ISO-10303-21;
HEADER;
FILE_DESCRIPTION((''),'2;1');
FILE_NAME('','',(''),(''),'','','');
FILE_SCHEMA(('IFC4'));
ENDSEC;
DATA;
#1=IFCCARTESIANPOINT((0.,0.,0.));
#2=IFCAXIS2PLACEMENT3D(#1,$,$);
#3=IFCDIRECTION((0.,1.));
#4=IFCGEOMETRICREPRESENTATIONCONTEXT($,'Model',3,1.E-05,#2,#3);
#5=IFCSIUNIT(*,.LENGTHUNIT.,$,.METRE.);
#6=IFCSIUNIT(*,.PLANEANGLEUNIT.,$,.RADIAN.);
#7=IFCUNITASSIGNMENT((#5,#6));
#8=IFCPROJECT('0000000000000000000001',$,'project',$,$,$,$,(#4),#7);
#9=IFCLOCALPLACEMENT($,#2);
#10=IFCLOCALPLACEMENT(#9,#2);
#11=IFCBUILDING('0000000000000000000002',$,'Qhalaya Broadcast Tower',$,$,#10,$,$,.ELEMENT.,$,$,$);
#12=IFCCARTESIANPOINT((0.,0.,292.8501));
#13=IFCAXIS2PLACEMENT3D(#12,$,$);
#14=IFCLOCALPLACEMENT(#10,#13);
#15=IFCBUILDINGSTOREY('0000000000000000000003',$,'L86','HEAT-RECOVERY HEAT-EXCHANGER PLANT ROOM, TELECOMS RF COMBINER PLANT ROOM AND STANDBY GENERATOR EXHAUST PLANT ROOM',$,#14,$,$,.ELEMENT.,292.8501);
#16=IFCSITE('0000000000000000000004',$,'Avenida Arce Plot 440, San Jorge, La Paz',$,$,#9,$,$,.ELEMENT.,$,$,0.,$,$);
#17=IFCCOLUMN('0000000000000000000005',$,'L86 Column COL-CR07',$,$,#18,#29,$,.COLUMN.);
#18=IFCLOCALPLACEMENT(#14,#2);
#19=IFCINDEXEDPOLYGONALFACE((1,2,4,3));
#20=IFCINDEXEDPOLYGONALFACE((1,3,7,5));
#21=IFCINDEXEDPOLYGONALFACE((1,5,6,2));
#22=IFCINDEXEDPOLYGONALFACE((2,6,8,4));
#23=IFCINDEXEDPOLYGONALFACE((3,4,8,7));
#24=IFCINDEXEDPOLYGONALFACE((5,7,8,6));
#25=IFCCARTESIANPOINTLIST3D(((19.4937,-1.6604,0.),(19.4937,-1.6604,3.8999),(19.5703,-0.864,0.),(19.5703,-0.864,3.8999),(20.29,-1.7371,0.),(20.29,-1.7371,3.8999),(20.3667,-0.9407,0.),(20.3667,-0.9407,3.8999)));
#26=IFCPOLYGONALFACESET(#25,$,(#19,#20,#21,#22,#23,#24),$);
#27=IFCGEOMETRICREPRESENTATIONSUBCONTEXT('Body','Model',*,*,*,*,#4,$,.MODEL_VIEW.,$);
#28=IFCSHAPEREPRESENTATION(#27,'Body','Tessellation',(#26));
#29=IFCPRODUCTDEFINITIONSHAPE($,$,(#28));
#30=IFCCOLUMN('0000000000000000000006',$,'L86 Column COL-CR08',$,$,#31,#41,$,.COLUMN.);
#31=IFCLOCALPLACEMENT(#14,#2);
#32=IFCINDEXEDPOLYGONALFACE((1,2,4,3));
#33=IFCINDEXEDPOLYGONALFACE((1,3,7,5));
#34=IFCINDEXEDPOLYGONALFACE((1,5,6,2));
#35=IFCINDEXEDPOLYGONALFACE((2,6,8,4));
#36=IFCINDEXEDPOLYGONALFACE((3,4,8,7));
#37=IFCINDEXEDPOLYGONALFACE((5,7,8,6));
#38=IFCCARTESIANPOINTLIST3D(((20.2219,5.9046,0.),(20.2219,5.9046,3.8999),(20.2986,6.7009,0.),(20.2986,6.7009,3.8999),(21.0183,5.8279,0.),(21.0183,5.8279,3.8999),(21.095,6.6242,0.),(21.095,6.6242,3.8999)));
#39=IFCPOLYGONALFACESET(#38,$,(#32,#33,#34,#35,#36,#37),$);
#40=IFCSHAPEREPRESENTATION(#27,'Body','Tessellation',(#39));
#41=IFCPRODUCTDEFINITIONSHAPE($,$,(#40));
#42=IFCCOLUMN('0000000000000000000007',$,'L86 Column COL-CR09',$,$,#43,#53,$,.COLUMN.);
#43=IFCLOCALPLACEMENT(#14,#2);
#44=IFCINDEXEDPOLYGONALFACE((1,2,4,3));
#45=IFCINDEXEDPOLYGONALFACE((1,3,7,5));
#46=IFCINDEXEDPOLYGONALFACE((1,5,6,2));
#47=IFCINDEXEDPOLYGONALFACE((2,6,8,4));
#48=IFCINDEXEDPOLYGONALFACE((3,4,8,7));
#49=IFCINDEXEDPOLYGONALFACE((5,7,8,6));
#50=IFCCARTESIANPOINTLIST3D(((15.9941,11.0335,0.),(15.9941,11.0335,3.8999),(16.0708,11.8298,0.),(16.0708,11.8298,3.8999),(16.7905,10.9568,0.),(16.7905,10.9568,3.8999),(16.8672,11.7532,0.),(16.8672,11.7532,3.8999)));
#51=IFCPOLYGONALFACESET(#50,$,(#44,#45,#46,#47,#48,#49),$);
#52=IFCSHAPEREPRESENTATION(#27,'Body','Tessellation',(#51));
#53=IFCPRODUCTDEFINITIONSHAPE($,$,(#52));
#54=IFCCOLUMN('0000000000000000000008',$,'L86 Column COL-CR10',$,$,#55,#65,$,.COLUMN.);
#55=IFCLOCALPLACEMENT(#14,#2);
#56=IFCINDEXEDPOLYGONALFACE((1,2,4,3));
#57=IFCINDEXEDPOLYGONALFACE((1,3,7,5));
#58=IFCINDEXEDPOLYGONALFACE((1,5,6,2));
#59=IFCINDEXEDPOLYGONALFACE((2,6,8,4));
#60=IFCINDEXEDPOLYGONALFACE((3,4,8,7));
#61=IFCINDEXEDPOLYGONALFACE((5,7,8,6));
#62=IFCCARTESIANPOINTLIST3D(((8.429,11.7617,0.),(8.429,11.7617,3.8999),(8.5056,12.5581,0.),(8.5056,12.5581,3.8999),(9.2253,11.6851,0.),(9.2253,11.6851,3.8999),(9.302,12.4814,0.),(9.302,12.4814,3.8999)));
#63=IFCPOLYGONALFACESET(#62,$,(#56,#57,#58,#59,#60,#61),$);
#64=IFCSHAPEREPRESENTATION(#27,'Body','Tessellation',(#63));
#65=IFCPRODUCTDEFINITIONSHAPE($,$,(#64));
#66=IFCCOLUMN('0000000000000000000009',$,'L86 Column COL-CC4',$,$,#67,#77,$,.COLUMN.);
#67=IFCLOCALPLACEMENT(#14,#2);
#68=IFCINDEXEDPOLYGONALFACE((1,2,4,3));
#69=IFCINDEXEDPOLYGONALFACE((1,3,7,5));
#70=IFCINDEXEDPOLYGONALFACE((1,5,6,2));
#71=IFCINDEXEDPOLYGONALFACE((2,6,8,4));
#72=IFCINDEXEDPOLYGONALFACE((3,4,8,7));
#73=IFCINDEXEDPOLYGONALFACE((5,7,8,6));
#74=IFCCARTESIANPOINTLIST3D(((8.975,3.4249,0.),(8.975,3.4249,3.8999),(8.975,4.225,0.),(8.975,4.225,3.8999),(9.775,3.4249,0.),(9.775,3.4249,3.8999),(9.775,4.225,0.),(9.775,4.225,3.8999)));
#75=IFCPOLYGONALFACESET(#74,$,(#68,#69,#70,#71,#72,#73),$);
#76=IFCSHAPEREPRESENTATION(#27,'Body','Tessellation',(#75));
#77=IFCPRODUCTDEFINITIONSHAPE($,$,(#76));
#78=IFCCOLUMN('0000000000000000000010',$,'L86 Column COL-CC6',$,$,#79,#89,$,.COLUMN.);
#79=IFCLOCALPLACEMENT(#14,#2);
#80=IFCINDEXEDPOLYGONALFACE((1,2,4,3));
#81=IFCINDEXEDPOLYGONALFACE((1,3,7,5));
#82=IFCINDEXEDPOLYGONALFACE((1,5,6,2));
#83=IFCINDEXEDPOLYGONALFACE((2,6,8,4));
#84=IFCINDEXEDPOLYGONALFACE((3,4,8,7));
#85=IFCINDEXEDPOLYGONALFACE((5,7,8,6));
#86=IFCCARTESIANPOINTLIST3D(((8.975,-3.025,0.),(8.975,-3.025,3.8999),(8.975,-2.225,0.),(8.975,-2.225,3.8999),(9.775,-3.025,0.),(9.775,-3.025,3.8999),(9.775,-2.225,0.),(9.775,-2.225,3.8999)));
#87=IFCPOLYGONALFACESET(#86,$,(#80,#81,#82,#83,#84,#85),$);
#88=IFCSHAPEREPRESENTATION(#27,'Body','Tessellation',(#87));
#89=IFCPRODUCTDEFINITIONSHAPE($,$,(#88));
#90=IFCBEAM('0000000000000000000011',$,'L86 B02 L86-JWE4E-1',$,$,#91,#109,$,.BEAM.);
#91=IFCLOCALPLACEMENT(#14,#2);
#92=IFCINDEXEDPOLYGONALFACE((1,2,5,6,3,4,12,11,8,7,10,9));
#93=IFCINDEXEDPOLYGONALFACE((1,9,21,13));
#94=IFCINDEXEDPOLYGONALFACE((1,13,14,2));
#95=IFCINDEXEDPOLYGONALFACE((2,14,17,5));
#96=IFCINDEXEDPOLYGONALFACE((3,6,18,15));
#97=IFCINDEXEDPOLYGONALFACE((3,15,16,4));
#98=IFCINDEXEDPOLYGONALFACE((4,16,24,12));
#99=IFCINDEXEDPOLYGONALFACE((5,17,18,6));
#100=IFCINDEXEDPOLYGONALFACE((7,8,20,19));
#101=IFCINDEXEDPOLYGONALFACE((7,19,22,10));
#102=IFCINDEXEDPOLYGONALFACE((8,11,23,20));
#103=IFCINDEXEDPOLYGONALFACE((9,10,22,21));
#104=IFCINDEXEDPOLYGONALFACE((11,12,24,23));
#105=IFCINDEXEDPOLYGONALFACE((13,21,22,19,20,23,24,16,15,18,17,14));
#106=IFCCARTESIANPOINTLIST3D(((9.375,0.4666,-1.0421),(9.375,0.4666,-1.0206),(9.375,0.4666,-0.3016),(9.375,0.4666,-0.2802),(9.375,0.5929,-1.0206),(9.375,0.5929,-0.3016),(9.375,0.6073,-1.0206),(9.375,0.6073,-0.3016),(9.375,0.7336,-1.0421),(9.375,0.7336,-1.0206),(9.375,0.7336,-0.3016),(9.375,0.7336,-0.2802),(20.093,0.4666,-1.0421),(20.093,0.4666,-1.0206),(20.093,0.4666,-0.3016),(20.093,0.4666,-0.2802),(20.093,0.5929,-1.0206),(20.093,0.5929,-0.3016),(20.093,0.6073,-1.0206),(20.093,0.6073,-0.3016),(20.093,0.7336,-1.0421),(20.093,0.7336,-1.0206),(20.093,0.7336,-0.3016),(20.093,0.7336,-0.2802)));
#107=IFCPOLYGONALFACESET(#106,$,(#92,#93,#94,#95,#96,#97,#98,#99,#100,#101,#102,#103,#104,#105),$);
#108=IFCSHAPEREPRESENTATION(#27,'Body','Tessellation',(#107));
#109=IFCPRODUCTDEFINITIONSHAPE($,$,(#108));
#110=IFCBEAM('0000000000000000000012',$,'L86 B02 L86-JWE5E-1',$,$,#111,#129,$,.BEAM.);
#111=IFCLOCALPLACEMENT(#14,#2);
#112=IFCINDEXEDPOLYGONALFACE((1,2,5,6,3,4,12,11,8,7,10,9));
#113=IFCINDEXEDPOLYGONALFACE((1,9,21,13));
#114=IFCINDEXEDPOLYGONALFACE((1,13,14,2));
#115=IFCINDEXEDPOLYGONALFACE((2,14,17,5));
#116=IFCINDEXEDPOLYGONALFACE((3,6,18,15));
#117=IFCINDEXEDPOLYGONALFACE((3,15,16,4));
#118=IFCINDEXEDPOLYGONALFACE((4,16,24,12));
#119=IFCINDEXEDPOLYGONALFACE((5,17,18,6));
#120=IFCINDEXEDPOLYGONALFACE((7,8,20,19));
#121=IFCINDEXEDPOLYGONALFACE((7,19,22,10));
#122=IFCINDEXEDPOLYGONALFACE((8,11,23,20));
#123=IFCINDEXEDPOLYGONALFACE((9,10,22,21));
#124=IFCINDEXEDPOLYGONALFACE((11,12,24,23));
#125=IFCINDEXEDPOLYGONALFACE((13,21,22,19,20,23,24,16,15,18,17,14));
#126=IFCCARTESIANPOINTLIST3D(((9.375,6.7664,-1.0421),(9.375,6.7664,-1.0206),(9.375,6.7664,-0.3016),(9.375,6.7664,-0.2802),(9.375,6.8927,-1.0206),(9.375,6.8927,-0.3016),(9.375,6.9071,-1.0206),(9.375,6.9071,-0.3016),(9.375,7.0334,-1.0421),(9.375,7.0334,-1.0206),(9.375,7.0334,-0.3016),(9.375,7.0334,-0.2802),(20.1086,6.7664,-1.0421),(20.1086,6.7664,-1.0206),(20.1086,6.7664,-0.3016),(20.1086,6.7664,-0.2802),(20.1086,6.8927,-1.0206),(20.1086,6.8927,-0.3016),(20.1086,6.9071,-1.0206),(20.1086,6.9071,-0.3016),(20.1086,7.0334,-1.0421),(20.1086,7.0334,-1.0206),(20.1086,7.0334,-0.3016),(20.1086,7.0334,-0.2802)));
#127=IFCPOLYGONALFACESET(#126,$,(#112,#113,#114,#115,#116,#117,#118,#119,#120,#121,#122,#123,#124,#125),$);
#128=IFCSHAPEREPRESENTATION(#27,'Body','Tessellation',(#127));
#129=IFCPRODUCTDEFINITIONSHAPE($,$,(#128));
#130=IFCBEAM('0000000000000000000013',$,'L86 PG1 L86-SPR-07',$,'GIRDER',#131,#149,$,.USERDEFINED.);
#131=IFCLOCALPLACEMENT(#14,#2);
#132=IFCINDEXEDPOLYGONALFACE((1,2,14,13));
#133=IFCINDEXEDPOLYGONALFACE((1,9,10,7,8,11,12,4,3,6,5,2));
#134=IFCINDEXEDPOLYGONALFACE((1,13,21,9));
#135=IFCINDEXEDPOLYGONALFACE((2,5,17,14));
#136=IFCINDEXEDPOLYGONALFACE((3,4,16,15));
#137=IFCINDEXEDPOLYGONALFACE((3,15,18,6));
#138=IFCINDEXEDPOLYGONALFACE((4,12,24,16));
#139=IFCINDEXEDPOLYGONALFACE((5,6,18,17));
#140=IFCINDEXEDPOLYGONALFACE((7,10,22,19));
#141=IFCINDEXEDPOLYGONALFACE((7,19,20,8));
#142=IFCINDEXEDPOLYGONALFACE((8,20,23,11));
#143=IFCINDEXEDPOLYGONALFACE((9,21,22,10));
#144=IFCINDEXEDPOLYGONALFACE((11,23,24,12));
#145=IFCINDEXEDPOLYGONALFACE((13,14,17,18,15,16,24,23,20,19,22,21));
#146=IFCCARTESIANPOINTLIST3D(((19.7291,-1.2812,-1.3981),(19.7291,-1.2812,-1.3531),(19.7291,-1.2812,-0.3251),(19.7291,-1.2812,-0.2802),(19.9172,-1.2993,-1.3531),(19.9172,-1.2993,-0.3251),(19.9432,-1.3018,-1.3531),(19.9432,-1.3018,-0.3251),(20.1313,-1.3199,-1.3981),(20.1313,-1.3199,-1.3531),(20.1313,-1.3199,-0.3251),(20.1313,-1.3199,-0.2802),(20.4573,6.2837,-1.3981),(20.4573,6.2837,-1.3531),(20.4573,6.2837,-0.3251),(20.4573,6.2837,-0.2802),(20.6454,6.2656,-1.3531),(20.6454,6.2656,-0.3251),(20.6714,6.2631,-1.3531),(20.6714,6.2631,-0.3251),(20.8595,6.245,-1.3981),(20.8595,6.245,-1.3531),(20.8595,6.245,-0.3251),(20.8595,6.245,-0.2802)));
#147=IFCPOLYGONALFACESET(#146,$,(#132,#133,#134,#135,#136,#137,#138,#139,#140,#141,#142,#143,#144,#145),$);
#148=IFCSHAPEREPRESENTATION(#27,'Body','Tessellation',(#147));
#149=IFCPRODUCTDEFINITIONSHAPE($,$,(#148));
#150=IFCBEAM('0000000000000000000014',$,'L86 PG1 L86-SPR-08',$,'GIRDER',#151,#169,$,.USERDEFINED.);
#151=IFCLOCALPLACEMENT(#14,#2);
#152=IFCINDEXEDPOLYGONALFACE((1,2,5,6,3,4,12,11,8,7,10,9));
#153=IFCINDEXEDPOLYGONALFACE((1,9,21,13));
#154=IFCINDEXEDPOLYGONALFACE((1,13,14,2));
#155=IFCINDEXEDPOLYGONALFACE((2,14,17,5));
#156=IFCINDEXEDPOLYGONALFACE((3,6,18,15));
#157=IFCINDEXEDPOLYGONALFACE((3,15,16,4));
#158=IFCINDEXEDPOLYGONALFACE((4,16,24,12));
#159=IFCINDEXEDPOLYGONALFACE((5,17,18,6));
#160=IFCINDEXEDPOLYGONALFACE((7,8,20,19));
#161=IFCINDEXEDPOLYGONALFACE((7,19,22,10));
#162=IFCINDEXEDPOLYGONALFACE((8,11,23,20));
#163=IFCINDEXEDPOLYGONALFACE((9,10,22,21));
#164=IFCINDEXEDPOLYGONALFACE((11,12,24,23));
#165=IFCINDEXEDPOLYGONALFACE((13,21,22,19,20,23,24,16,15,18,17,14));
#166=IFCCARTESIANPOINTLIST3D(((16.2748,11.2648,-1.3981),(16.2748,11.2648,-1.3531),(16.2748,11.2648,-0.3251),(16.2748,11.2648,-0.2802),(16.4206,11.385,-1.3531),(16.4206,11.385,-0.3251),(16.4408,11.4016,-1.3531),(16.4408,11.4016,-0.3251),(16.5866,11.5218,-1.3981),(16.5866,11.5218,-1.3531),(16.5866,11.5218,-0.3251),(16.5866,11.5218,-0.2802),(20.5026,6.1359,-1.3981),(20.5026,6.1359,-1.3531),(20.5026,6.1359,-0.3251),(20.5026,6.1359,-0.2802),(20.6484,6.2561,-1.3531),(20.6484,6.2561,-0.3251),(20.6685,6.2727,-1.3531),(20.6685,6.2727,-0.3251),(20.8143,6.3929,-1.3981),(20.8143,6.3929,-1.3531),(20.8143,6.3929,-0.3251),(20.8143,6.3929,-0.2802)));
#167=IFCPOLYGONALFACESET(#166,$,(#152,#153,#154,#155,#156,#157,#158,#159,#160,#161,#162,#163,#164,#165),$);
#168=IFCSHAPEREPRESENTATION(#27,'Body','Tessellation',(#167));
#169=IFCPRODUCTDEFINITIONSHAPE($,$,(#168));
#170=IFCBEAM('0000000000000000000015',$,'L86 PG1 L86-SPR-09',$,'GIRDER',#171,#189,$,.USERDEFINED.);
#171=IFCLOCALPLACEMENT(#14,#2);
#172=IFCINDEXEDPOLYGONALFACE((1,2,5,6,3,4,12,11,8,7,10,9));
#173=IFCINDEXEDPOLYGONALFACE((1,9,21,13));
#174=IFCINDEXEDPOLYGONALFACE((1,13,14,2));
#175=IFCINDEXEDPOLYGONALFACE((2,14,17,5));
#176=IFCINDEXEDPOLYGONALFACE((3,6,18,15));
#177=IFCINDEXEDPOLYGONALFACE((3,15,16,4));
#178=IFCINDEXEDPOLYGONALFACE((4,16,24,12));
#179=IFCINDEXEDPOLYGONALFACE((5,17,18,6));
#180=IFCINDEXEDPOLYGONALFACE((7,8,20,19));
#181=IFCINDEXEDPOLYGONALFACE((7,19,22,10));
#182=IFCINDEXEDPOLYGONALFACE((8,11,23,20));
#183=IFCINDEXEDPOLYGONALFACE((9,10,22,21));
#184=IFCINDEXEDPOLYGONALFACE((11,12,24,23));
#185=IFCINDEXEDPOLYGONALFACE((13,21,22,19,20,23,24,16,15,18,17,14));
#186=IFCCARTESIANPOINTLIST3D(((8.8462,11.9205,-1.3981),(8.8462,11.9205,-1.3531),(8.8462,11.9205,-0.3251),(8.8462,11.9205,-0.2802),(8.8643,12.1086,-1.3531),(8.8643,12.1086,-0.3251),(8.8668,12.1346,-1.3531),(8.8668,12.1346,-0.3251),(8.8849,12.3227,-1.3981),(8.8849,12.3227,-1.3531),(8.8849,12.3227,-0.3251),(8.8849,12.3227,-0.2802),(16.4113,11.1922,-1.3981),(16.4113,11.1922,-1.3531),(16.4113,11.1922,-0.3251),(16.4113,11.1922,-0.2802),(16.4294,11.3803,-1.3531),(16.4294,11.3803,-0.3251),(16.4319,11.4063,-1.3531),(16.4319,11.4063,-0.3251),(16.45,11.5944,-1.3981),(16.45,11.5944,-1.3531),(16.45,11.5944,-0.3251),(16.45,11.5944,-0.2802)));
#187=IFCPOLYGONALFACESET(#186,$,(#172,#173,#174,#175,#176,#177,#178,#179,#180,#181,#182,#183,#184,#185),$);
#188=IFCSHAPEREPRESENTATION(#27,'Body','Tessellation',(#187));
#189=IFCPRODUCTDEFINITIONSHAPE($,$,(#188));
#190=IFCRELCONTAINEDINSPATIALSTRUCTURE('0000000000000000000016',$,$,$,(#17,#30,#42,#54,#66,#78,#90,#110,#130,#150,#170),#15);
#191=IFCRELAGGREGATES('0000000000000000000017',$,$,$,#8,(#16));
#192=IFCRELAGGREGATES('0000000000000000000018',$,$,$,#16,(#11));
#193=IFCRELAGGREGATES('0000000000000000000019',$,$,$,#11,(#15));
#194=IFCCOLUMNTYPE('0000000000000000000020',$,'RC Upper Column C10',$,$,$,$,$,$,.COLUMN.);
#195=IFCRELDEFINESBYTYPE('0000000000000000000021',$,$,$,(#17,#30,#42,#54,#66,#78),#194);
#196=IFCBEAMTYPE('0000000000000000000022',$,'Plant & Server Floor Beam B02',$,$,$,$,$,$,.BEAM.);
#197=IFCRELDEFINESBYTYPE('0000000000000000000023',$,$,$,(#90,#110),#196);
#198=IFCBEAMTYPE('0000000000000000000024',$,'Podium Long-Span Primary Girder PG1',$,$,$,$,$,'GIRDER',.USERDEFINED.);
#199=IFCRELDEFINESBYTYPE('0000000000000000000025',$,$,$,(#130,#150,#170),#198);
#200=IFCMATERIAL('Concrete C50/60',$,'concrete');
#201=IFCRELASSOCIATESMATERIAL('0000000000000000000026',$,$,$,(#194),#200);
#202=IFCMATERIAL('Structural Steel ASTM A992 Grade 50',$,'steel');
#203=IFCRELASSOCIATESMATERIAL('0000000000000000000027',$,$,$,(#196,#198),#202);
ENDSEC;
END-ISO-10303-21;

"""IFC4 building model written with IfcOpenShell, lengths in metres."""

from ifc_helpers import new_model, si_unit, direction, frame, origin, origin_2d, place, context, subcontext, project, spatial, rectangle, i_section, extrude, material, material_profile, profile_set, type_object, element, save


model = new_model("IFC4")

# Units and contexts
model_context = context("Model", 3, precision=1e-05, world=origin(), true_north=direction((0.0, 1.0)))
body_context = subcontext(model_context, "Body", "Model", "MODEL_VIEW")
ifc_project = project(units=[si_unit("LENGTHUNIT", "METRE"), si_unit("PLANEANGLEUNIT", "RADIAN")], contexts=[model_context])

# Site, building, storey
site_placement = place(None, origin())
site = spatial("IfcSite", under=ifc_project, at=site_placement, Name="Avenida Arce Plot 440, San Jorge, La Paz", CompositionType="ELEMENT", RefElevation=0.0)
building_placement = place(site_placement, origin())
building = spatial("IfcBuilding", under=site, at=building_placement, Name="Qhalaya Broadcast Tower", CompositionType="ELEMENT")
storey_placement = place(building_placement, frame((0.0, 0.0, 292.8501)))
storey = spatial("IfcBuildingStorey", under=building, at=storey_placement, Name="L86", Description="HEAT-RECOVERY HEAT-EXCHANGER PLANT ROOM, TELECOMS RF COMBINER PLANT ROOM AND STANDBY GENERATOR EXHAUST PLANT ROOM", CompositionType="ELEMENT", Elevation=292.8501)

# Columns
ifc_material_1 = material(Name="Concrete C50/60", Category="concrete")
ifc_material_profile_1 = material_profile(ifc_material_1, rectangle(XDim=0.8, YDim=0.8, at=origin_2d()), Name="RC-COL 800x800")
ifc_profile_set_1 = profile_set([ifc_material_profile_1], Name="Concrete C50/60")
column_type = type_object("IfcColumnType", Name="RC Upper Column C10", PredefinedType="COLUMN", material=ifc_profile_set_1)
for number, where, z_axis, x_axis, name in (
    (1, (19.9302, -1.3005, 0.0), (0.0, 0.0, 1.0), (0.095846, 0.995396, 0.0), "L86 Column COL-CR07"),
    (2, (20.6584, 6.2644, 0.0), (0.0, 0.0, 1.0), (0.095846, 0.995396, 0.0), "L86 Column COL-CR08"),
    (3, (16.4307, 11.3933, 0.0), (0.0, 0.0, 1.0), (0.995396, -0.095846, 0.0), "L86 Column COL-CR09"),
    (4, (8.8655, 12.1216, 0.0), (0.0, 0.0, 1.0), (0.995396, -0.095846, 0.0), "L86 Column COL-CR10"),
    (5, (9.375, 3.825, 0.0), (0.0, 0.0, 1.0), (1.0, 0.0, 0.0), "L86 Column COL-CC4"),
    (6, (9.375, -2.625, 0.0), (0.0, 0.0, 1.0), (1.0, 0.0, 0.0), "L86 Column COL-CC6"),
):
    element("IfcColumn", number, at=place(storey_placement, frame(where, z_axis=z_axis, x_axis=x_axis)), inside=storey, type_object=column_type, Name=name, PredefinedType="COLUMN", context=body_context, shape_type="SweptSolid", body=[
        extrude(rectangle(XDim=0.8, YDim=0.8, at=origin_2d()), origin(), (0.0, 0.0, 1.0), 3.8999),
    ])

# Beams
ifc_material_2 = material(Name="Structural Steel ASTM A992 Grade 50", Category="steel")
ifc_material_profile_2 = material_profile(ifc_material_2, i_section(OverallWidth=0.2671, OverallDepth=0.762, WebThickness=0.0144, FlangeThickness=0.0215, at=origin_2d()), Name="W30X116")
ifc_profile_set_2 = profile_set([ifc_material_profile_2], Name="Structural Steel ASTM A992 Grade 50")
beam_type_1 = type_object("IfcBeamType", Name="Plant & Server Floor Beam B02", PredefinedType="BEAM", material=ifc_profile_set_2)
beam_1_placement = place(storey_placement, frame((9.375, 0.6001, -0.6611), z_axis=(1.0, 0.0, 0.0), x_axis=(0.0, 1.0, 0.0)))
element("IfcBeam", 7, at=beam_1_placement, inside=storey, type_object=beam_type_1, Name="L86 B02 L86-JWE4E-1", PredefinedType="BEAM", context=body_context, shape_type="SweptSolid", body=[
    extrude(i_section(OverallWidth=0.2671, OverallDepth=0.762, WebThickness=0.0144, FlangeThickness=0.0215, at=origin_2d()), origin(), (0.0, 0.0, 1.0), 10.718),
])
beam_2_placement = place(storey_placement, frame((9.375, 6.8999, -0.6611), z_axis=(1.0, 0.0, 0.0), x_axis=(0.0, 1.0, 0.0)))
element("IfcBeam", 8, at=beam_2_placement, inside=storey, type_object=beam_type_1, Name="L86 B02 L86-JWE5E-1", PredefinedType="BEAM", context=body_context, shape_type="SweptSolid", body=[
    extrude(i_section(OverallWidth=0.2671, OverallDepth=0.762, WebThickness=0.0144, FlangeThickness=0.0215, at=origin_2d()), origin(), (0.0, 0.0, 1.0), 10.7336),
])
ifc_material_profile_3 = material_profile(ifc_material_2, i_section(OverallWidth=0.4041, OverallDepth=1.1179, WebThickness=0.0261, FlangeThickness=0.0449, at=origin_2d()), Name="W44X335")
ifc_profile_set_3 = profile_set([ifc_material_profile_3], Name="Structural Steel ASTM A992 Grade 50")
beam_type_2 = type_object("IfcBeamType", Name="Podium Long-Span Primary Girder PG1", ElementType="GIRDER", PredefinedType="USERDEFINED", material=ifc_profile_set_3)
beam_3_placement = place(storey_placement, frame((19.9302, -1.3005, -0.8391), z_axis=(0.095826, 0.995398, 0.0), x_axis=(-0.995398, 0.095826, 0.0)))
element("IfcBeam", 9, at=beam_3_placement, inside=storey, type_object=beam_type_2, Name="L86 PG1 L86-SPR-07", ObjectType="GIRDER", PredefinedType="USERDEFINED", context=body_context, shape_type="SweptSolid", body=[
    extrude(i_section(OverallWidth=0.4041, OverallDepth=1.1179, WebThickness=0.0261, FlangeThickness=0.0449, at=origin_2d()), origin(), (0.0, 0.0, 1.0), 7.5999),
])
beam_4_placement = place(storey_placement, frame((20.6584, 6.2644, -0.8391), z_axis=(-0.636064, 0.771636, 0.0), x_axis=(-0.771636, -0.636064, 0.0)))
element("IfcBeam", 10, at=beam_4_placement, inside=storey, type_object=beam_type_2, Name="L86 PG1 L86-SPR-08", ObjectType="GIRDER", PredefinedType="USERDEFINED", context=body_context, shape_type="SweptSolid", body=[
    extrude(i_section(OverallWidth=0.4041, OverallDepth=1.1179, WebThickness=0.0261, FlangeThickness=0.0449, at=origin_2d()), origin(), (0.0, 0.0, 1.0), 6.6467),
])
beam_5_placement = place(storey_placement, frame((16.4307, 11.3933, -0.8391), z_axis=(-0.995398, 0.095823, 0.0), x_axis=(-0.095823, -0.995398, 0.0)))
element("IfcBeam", 11, at=beam_5_placement, inside=storey, type_object=beam_type_2, Name="L86 PG1 L86-SPR-09", ObjectType="GIRDER", PredefinedType="USERDEFINED", context=body_context, shape_type="SweptSolid", body=[
    extrude(i_section(OverallWidth=0.4041, OverallDepth=1.1179, WebThickness=0.0261, FlangeThickness=0.0449, at=origin_2d()), origin(), (0.0, 0.0, 1.0), 7.6001),
])

save(model, "model.ifc")
